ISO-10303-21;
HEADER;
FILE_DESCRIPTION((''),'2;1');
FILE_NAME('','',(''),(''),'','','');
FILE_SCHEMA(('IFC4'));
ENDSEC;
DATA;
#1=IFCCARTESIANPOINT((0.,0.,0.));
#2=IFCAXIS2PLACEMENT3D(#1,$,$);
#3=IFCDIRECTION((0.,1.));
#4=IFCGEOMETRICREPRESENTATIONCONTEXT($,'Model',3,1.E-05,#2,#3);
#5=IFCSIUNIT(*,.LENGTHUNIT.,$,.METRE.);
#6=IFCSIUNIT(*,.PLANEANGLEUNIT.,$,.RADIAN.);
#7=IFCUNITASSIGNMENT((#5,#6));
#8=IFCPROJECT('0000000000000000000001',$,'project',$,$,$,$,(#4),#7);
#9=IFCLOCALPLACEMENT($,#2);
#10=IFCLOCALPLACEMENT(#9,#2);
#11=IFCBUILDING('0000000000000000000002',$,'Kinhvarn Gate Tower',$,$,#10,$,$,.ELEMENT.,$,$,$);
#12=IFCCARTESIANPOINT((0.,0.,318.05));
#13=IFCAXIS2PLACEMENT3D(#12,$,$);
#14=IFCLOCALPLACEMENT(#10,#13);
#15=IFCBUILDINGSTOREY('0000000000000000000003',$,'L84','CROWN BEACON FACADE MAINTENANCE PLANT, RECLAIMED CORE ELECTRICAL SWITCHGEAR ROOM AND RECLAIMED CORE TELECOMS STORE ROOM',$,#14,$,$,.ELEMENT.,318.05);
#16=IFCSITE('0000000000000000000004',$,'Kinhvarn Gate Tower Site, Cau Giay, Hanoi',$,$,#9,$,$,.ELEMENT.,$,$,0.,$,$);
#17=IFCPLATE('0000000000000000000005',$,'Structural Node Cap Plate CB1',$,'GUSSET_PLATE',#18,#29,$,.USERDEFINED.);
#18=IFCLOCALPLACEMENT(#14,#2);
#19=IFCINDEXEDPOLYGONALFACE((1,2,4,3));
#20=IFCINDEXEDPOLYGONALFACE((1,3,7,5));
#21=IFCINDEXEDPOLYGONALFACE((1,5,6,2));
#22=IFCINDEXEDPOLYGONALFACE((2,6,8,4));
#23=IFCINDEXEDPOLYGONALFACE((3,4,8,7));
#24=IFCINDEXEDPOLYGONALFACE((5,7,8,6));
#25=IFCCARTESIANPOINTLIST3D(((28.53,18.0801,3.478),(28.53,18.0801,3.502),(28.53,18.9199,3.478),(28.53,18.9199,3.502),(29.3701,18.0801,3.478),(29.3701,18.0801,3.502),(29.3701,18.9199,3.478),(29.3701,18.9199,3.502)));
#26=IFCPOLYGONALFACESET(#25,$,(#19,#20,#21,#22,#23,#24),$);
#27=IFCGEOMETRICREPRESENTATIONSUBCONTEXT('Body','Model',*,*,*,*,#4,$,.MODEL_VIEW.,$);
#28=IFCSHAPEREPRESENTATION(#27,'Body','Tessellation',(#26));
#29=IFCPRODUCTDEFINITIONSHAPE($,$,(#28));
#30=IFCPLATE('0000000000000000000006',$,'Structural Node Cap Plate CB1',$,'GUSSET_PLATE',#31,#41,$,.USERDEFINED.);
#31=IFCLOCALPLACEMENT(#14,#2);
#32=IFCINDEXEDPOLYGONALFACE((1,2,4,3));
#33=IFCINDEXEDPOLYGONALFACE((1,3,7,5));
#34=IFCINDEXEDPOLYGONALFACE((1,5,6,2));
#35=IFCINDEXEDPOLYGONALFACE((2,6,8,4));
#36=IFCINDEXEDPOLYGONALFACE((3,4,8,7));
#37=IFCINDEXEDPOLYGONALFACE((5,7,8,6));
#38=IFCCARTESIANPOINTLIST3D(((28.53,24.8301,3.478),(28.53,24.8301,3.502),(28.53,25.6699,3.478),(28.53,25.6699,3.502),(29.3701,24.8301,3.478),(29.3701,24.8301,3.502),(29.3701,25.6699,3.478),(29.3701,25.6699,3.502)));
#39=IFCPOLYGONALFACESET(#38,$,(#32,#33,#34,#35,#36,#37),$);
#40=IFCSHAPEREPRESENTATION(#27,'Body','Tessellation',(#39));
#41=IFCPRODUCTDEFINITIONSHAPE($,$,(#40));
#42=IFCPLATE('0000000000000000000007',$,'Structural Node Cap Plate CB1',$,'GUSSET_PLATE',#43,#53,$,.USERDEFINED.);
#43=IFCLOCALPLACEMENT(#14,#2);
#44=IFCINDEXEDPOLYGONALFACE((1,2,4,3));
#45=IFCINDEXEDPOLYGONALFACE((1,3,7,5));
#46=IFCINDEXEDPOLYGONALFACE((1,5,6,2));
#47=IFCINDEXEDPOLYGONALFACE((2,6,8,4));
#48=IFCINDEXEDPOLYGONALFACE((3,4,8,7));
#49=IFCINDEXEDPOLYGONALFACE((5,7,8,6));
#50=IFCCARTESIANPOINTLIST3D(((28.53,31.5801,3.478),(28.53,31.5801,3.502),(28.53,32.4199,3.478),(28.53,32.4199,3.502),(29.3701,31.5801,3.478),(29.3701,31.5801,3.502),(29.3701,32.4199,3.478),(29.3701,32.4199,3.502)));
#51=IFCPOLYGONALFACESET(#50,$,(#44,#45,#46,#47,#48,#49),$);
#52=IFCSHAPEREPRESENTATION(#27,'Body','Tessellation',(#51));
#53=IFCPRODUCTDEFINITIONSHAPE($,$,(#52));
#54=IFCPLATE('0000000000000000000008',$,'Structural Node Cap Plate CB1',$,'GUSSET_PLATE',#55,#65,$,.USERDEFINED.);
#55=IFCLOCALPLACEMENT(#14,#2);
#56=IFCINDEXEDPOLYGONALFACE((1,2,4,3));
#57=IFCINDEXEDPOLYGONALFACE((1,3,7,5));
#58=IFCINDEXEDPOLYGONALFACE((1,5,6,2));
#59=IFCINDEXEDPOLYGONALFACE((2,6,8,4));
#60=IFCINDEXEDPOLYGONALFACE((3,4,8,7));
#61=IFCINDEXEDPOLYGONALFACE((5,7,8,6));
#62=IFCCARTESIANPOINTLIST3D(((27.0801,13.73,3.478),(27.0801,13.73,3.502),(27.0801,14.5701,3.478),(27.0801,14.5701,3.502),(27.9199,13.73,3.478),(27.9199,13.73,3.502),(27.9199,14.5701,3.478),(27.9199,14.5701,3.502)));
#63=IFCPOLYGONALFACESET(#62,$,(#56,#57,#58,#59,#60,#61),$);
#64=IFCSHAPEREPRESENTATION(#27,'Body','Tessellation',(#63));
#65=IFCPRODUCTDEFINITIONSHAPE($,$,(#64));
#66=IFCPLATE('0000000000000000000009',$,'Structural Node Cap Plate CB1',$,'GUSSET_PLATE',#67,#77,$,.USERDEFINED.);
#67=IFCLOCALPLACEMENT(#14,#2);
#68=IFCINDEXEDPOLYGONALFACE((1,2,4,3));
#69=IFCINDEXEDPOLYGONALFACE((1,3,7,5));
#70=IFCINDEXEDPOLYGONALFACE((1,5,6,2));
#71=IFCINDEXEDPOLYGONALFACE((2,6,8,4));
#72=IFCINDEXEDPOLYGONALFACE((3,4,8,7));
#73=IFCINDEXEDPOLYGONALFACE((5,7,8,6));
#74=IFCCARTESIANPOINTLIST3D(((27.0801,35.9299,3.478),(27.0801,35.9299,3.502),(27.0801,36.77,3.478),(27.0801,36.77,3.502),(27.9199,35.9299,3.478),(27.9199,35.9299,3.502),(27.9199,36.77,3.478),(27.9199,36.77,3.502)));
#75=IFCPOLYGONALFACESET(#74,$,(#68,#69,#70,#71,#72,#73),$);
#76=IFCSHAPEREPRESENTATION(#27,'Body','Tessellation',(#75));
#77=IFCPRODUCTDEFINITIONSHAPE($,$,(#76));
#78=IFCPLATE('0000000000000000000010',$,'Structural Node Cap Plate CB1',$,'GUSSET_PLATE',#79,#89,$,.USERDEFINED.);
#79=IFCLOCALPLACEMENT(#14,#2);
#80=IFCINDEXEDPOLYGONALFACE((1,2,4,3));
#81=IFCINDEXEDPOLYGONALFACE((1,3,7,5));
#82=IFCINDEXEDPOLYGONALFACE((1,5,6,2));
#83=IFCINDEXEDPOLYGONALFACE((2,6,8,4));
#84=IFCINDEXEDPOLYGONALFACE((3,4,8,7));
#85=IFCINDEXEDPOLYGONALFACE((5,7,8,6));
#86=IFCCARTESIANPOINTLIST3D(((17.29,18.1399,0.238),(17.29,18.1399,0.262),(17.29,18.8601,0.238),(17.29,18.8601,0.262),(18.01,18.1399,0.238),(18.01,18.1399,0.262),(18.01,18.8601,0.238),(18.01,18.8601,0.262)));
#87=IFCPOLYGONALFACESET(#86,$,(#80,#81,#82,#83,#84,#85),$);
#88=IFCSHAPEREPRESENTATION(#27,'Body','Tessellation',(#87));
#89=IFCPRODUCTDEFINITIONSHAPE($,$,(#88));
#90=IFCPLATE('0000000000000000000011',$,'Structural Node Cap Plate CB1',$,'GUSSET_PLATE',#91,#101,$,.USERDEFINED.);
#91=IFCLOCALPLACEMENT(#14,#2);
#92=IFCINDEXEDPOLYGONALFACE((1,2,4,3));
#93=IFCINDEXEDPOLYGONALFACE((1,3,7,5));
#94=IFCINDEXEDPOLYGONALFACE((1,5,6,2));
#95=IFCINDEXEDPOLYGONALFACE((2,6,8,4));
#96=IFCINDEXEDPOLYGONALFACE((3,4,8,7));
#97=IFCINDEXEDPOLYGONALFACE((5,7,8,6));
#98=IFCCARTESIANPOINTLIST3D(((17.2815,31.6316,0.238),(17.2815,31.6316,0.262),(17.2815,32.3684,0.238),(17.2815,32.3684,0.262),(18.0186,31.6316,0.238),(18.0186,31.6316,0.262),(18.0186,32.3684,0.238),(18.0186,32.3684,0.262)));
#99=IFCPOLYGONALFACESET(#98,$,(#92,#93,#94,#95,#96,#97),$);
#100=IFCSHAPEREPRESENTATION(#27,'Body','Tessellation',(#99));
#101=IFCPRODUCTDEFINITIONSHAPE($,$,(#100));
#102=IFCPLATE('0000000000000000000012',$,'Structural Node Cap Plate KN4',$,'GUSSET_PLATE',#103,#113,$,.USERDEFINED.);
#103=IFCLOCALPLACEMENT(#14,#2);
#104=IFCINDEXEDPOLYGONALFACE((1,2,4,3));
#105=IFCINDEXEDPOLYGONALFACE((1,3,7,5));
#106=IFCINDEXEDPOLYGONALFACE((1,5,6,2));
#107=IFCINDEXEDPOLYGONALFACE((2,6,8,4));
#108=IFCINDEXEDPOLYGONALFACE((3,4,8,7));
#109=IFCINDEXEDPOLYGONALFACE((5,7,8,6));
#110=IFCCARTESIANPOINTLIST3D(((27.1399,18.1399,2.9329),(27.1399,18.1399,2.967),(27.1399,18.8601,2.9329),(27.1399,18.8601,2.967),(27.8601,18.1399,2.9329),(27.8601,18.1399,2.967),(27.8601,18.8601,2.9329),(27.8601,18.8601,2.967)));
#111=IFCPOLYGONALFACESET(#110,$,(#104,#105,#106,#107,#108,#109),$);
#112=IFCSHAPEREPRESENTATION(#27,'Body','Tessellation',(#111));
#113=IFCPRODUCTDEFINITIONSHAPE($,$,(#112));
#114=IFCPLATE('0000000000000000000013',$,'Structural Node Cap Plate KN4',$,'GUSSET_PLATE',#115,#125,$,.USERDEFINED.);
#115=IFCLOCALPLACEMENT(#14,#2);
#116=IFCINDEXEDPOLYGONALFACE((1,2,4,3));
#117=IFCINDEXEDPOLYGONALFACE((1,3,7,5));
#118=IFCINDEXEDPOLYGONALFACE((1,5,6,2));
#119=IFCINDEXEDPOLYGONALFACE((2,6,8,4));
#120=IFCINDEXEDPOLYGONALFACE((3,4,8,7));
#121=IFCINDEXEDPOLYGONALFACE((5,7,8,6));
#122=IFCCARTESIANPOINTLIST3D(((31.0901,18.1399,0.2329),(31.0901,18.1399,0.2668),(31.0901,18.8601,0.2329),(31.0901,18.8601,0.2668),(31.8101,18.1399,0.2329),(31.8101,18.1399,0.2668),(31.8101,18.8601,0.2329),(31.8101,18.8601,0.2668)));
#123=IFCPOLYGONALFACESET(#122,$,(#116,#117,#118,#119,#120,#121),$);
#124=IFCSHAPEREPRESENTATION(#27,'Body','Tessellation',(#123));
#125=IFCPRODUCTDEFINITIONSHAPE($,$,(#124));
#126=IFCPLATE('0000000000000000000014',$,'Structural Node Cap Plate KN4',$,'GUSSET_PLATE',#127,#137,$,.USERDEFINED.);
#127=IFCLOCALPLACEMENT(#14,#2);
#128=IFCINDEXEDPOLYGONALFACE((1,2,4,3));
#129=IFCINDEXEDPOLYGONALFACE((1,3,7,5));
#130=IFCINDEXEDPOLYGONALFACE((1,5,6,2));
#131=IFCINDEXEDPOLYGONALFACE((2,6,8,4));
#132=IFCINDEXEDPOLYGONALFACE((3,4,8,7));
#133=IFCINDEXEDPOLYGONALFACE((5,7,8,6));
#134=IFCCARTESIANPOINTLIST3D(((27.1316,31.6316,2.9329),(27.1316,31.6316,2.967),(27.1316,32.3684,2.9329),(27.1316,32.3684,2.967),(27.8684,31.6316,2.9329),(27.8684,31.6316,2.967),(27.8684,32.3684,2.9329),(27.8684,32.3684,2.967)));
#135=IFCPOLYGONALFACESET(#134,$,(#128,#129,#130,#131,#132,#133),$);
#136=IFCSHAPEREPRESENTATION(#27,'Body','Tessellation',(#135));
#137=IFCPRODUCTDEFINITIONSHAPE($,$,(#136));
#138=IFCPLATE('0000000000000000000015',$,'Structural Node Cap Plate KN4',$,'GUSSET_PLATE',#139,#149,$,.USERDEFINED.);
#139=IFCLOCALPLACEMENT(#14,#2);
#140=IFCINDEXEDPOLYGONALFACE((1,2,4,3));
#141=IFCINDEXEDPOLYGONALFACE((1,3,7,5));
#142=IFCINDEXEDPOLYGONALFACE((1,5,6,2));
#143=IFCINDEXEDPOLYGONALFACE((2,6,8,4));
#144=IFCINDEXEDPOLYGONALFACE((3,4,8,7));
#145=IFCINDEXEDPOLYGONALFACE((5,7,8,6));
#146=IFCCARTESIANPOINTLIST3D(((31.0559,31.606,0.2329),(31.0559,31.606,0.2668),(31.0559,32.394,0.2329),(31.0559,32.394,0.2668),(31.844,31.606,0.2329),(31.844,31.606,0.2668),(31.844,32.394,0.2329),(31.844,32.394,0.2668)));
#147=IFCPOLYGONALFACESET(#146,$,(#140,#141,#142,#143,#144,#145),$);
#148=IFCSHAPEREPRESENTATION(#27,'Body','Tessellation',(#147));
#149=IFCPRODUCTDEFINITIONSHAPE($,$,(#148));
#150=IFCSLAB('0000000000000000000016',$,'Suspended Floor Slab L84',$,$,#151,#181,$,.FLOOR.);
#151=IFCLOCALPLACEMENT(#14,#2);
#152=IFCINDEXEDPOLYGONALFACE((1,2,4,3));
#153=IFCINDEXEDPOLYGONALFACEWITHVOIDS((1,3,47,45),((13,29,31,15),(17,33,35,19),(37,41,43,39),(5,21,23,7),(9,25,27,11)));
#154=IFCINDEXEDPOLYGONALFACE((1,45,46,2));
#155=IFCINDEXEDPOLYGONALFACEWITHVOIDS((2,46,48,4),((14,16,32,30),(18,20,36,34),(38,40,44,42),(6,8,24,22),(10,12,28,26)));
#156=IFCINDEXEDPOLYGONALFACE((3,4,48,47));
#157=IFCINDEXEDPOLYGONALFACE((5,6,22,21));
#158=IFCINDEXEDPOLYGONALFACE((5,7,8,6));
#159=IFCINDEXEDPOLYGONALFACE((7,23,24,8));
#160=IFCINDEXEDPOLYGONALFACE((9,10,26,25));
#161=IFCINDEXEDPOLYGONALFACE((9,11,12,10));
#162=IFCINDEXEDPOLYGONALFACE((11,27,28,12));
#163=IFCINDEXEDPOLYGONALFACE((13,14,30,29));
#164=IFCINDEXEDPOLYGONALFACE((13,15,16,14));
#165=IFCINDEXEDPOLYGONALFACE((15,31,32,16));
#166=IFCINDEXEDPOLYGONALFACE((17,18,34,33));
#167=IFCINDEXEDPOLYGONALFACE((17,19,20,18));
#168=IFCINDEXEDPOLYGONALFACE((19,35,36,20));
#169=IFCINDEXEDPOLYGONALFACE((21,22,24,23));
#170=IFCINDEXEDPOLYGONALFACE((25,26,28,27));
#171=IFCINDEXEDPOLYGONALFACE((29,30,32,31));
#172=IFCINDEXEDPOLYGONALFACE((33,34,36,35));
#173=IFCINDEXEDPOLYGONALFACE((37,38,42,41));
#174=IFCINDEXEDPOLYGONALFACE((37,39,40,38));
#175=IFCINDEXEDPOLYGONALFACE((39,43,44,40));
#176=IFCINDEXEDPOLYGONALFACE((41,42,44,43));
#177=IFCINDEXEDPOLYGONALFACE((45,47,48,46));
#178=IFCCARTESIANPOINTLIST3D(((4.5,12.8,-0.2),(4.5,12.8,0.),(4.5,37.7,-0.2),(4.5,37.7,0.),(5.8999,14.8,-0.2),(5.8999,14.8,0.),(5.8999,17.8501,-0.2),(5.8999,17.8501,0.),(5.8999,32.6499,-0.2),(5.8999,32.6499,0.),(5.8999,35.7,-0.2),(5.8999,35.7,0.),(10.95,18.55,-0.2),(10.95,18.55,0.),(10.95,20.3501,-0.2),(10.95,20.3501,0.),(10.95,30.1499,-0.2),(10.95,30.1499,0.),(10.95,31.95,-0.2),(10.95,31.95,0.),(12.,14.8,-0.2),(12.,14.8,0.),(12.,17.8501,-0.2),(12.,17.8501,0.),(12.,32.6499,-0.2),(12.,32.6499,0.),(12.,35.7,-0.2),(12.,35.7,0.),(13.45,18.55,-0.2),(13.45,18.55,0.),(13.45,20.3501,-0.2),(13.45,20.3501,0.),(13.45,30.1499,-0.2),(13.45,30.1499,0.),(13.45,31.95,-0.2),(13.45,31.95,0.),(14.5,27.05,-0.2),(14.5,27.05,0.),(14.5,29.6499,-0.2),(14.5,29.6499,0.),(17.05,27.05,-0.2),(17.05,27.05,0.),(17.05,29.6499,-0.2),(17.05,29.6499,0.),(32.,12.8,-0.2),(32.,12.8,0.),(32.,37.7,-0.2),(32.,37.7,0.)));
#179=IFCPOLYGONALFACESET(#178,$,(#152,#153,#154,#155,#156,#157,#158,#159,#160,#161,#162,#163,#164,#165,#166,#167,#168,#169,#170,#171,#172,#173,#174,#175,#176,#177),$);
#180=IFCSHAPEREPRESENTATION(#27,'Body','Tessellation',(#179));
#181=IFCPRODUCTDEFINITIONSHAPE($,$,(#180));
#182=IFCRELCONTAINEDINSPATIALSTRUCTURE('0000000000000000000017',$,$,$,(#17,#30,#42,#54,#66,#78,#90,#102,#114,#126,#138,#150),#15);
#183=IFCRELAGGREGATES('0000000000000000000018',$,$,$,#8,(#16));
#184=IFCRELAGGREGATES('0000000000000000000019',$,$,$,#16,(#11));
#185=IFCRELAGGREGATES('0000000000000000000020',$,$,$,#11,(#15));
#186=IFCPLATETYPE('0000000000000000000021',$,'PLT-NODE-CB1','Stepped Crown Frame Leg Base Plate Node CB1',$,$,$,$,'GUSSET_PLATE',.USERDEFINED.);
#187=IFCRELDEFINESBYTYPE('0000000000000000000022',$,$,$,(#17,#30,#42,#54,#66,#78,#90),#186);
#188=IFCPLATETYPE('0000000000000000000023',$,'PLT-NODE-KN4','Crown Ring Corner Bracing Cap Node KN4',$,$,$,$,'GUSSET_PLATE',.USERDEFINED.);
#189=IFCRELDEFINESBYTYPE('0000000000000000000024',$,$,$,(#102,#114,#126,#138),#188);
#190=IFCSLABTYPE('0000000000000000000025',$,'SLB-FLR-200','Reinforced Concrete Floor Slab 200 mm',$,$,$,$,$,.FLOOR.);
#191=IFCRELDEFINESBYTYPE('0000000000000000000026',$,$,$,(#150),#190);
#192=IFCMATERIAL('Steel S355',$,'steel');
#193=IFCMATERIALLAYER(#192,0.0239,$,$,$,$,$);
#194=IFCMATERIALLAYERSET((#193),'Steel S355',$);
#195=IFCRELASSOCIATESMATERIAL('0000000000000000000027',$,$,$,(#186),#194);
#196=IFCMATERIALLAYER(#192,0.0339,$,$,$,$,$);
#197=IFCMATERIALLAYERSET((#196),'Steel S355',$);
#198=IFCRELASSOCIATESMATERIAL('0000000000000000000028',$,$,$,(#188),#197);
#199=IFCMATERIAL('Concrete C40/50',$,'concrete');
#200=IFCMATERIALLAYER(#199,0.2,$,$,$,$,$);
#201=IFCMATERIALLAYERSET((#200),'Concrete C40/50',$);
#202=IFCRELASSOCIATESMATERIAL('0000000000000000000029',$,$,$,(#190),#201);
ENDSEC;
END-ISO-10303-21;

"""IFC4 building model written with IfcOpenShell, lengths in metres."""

from ifc_helpers import new_model, si_unit, direction, frame, origin, place, context, subcontext, project, spatial, polyline, outline, extrude, material, layer, layer_set, type_object, element, save


model = new_model("IFC4")

# Units and contexts
model_context = context("Model", 3, precision=1e-05, world=origin(), true_north=direction((0.0, 1.0)))
body_context = subcontext(model_context, "Body", "Model", "MODEL_VIEW")
ifc_project = project(units=[si_unit("LENGTHUNIT", "METRE"), si_unit("PLANEANGLEUNIT", "RADIAN")], contexts=[model_context])

# Site, building, storey
site_placement = place(None, origin())
site = spatial("IfcSite", under=ifc_project, at=site_placement, Name="Kinhvarn Gate Tower Site, Cau Giay, Hanoi", CompositionType="ELEMENT", RefElevation=0.0)
building_placement = place(site_placement, origin())
building = spatial("IfcBuilding", under=site, at=building_placement, Name="Kinhvarn Gate Tower", CompositionType="ELEMENT")
storey_placement = place(building_placement, frame((0.0, 0.0, 318.05)))
storey = spatial("IfcBuildingStorey", under=building, at=storey_placement, Name="L84", Description="CROWN BEACON FACADE MAINTENANCE PLANT, RECLAIMED CORE ELECTRICAL SWITCHGEAR ROOM AND RECLAIMED CORE TELECOMS STORE ROOM", CompositionType="ELEMENT", Elevation=318.05)

# Plates
ifc_material_1 = material(Name="Steel S355", Category="steel")
ifc_layer_1 = layer(ifc_material_1, 0.0239)
ifc_layer_set_1 = layer_set([ifc_layer_1], Name="Steel S355")
plate_type_1 = type_object("IfcPlateType", Name="PLT-NODE-CB1", Description="Stepped Crown Frame Leg Base Plate Node CB1", ElementType="GUSSET_PLATE", PredefinedType="USERDEFINED", material=ifc_layer_set_1)
plate_1_placement = place(storey_placement, frame((0.0, 0.0, 3.478)))
element("IfcPlate", 1, at=plate_1_placement, inside=storey, type_object=plate_type_1, Name="Structural Node Cap Plate CB1", ObjectType="GUSSET_PLATE", PredefinedType="USERDEFINED", context=body_context, shape_type="SweptSolid", body=[
    extrude(outline(polyline([(28.53, 18.0801), (29.3701, 18.0801), (29.3701, 18.9199), (28.53, 18.9199), (28.53, 18.0801)])), origin(), (0.0, 0.0, 1.0), 0.0239),
])
plate_2_placement = place(storey_placement, frame((0.0, 0.0, 3.478)))
element("IfcPlate", 2, at=plate_2_placement, inside=storey, type_object=plate_type_1, Name="Structural Node Cap Plate CB1", ObjectType="GUSSET_PLATE", PredefinedType="USERDEFINED", context=body_context, shape_type="SweptSolid", body=[
    extrude(outline(polyline([(28.53, 24.8301), (29.3701, 24.8301), (29.3701, 25.6699), (28.53, 25.6699), (28.53, 24.8301)])), origin(), (0.0, 0.0, 1.0), 0.0239),
])
plate_3_placement = place(storey_placement, frame((0.0, 0.0, 3.478)))
element("IfcPlate", 3, at=plate_3_placement, inside=storey, type_object=plate_type_1, Name="Structural Node Cap Plate CB1", ObjectType="GUSSET_PLATE", PredefinedType="USERDEFINED", context=body_context, shape_type="SweptSolid", body=[
    extrude(outline(polyline([(28.53, 31.5801), (29.3701, 31.5801), (29.3701, 32.4199), (28.53, 32.4199), (28.53, 31.5801)])), origin(), (0.0, 0.0, 1.0), 0.0239),
])
plate_4_placement = place(storey_placement, frame((0.0, 0.0, 3.478)))
element("IfcPlate", 4, at=plate_4_placement, inside=storey, type_object=plate_type_1, Name="Structural Node Cap Plate CB1", ObjectType="GUSSET_PLATE", PredefinedType="USERDEFINED", context=body_context, shape_type="SweptSolid", body=[
    extrude(outline(polyline([(27.0801, 13.73), (27.9199, 13.73), (27.9199, 14.5701), (27.0801, 14.5701), (27.0801, 13.73)])), origin(), (0.0, 0.0, 1.0), 0.0239),
])
plate_5_placement = place(storey_placement, frame((0.0, 0.0, 3.478)))
element("IfcPlate", 5, at=plate_5_placement, inside=storey, type_object=plate_type_1, Name="Structural Node Cap Plate CB1", ObjectType="GUSSET_PLATE", PredefinedType="USERDEFINED", context=body_context, shape_type="SweptSolid", body=[
    extrude(outline(polyline([(27.0801, 35.9299), (27.9199, 35.9299), (27.9199, 36.77), (27.0801, 36.77), (27.0801, 35.9299)])), origin(), (0.0, 0.0, 1.0), 0.0239),
])
plate_6_placement = place(storey_placement, frame((0.0, 0.0, 0.238)))
element("IfcPlate", 6, at=plate_6_placement, inside=storey, type_object=plate_type_1, Name="Structural Node Cap Plate CB1", ObjectType="GUSSET_PLATE", PredefinedType="USERDEFINED", context=body_context, shape_type="SweptSolid", body=[
    extrude(outline(polyline([(17.29, 18.1399), (18.01, 18.1399), (18.01, 18.8601), (17.29, 18.8601), (17.29, 18.1399)])), origin(), (0.0, 0.0, 1.0), 0.0239),
])
plate_7_placement = place(storey_placement, frame((0.0, 0.0, 0.238)))
element("IfcPlate", 7, at=plate_7_placement, inside=storey, type_object=plate_type_1, Name="Structural Node Cap Plate CB1", ObjectType="GUSSET_PLATE", PredefinedType="USERDEFINED", context=body_context, shape_type="SweptSolid", body=[
    extrude(outline(polyline([(17.2815, 31.6316), (18.0186, 31.6316), (18.0186, 32.3684), (17.2815, 32.3684), (17.2815, 31.6316)])), origin(), (0.0, 0.0, 1.0), 0.0239),
])
ifc_layer_2 = layer(ifc_material_1, 0.0339)
ifc_layer_set_2 = layer_set([ifc_layer_2], Name="Steel S355")
plate_type_2 = type_object("IfcPlateType", Name="PLT-NODE-KN4", Description="Crown Ring Corner Bracing Cap Node KN4", ElementType="GUSSET_PLATE", PredefinedType="USERDEFINED", material=ifc_layer_set_2)
plate_8_placement = place(storey_placement, frame((0.0, 0.0, 2.9329)))
element("IfcPlate", 8, at=plate_8_placement, inside=storey, type_object=plate_type_2, Name="Structural Node Cap Plate KN4", ObjectType="GUSSET_PLATE", PredefinedType="USERDEFINED", context=body_context, shape_type="SweptSolid", body=[
    extrude(outline(polyline([(27.1399, 18.1399), (27.8601, 18.1399), (27.8601, 18.8601), (27.1399, 18.8601), (27.1399, 18.1399)])), origin(), (0.0, 0.0, 1.0), 0.0342),
])
plate_9_placement = place(storey_placement, frame((0.0, 0.0, 0.2329)))
element("IfcPlate", 9, at=plate_9_placement, inside=storey, type_object=plate_type_2, Name="Structural Node Cap Plate KN4", ObjectType="GUSSET_PLATE", PredefinedType="USERDEFINED", context=body_context, shape_type="SweptSolid", body=[
    extrude(outline(polyline([(31.0901, 18.1399), (31.8101, 18.1399), (31.8101, 18.8601), (31.0901, 18.8601), (31.0901, 18.1399)])), origin(), (0.0, 0.0, 1.0), 0.0339),
])
plate_10_placement = place(storey_placement, frame((0.0, 0.0, 2.9329)))
element("IfcPlate", 10, at=plate_10_placement, inside=storey, type_object=plate_type_2, Name="Structural Node Cap Plate KN4", ObjectType="GUSSET_PLATE", PredefinedType="USERDEFINED", context=body_context, shape_type="SweptSolid", body=[
    extrude(outline(polyline([(27.1316, 31.6316), (27.8684, 31.6316), (27.8684, 32.3684), (27.1316, 32.3684), (27.1316, 31.6316)])), origin(), (0.0, 0.0, 1.0), 0.0342),
])
plate_11_placement = place(storey_placement, frame((0.0, 0.0, 0.2329)))
element("IfcPlate", 11, at=plate_11_placement, inside=storey, type_object=plate_type_2, Name="Structural Node Cap Plate KN4", ObjectType="GUSSET_PLATE", PredefinedType="USERDEFINED", context=body_context, shape_type="SweptSolid", body=[
    extrude(outline(polyline([(31.0559, 31.606), (31.844, 31.606), (31.844, 32.394), (31.0559, 32.394), (31.0559, 31.606)])), origin(), (0.0, 0.0, 1.0), 0.0339),
])

# Slab
ifc_material_2 = material(Name="Concrete C40/50", Category="concrete")
ifc_layer_3 = layer(ifc_material_2, 0.2)
ifc_layer_set_3 = layer_set([ifc_layer_3], Name="Concrete C40/50")
slab_type_1 = type_object("IfcSlabType", Name="SLB-FLR-200", Description="Reinforced Concrete Floor Slab 200 mm", PredefinedType="FLOOR", material=ifc_layer_set_3)
slab_1_placement = place(storey_placement, frame((0.0, 0.0, -0.2)))
element("IfcSlab", 12, at=slab_1_placement, inside=storey, type_object=slab_type_1, Name="Suspended Floor Slab L84", PredefinedType="FLOOR", context=body_context, shape_type="SweptSolid", body=[
    extrude(outline(polyline([(4.5, 12.8), (32.0, 12.8), (32.0, 37.7), (4.5, 37.7), (4.5, 12.8)]), holes=[polyline([(5.8999, 14.8), (12.0, 14.8), (12.0, 17.8501), (5.8999, 17.8501), (5.8999, 14.8)]), polyline([(5.8999, 32.6499), (12.0, 32.6499), (12.0, 35.7), (5.8999, 35.7), (5.8999, 32.6499)]), polyline([(14.5, 27.05), (17.05, 27.05), (17.05, 29.6499), (14.5, 29.6499), (14.5, 27.05)]), polyline([(10.95, 18.55), (13.45, 18.55), (13.45, 20.3501), (10.95, 20.3501), (10.95, 18.55)]), polyline([(10.95, 30.1499), (13.45, 30.1499), (13.45, 31.95), (10.95, 31.95), (10.95, 30.1499)])]), origin(), (0.0, 0.0, 1.0), 0.2),
])

save(model, "model.ifc")
